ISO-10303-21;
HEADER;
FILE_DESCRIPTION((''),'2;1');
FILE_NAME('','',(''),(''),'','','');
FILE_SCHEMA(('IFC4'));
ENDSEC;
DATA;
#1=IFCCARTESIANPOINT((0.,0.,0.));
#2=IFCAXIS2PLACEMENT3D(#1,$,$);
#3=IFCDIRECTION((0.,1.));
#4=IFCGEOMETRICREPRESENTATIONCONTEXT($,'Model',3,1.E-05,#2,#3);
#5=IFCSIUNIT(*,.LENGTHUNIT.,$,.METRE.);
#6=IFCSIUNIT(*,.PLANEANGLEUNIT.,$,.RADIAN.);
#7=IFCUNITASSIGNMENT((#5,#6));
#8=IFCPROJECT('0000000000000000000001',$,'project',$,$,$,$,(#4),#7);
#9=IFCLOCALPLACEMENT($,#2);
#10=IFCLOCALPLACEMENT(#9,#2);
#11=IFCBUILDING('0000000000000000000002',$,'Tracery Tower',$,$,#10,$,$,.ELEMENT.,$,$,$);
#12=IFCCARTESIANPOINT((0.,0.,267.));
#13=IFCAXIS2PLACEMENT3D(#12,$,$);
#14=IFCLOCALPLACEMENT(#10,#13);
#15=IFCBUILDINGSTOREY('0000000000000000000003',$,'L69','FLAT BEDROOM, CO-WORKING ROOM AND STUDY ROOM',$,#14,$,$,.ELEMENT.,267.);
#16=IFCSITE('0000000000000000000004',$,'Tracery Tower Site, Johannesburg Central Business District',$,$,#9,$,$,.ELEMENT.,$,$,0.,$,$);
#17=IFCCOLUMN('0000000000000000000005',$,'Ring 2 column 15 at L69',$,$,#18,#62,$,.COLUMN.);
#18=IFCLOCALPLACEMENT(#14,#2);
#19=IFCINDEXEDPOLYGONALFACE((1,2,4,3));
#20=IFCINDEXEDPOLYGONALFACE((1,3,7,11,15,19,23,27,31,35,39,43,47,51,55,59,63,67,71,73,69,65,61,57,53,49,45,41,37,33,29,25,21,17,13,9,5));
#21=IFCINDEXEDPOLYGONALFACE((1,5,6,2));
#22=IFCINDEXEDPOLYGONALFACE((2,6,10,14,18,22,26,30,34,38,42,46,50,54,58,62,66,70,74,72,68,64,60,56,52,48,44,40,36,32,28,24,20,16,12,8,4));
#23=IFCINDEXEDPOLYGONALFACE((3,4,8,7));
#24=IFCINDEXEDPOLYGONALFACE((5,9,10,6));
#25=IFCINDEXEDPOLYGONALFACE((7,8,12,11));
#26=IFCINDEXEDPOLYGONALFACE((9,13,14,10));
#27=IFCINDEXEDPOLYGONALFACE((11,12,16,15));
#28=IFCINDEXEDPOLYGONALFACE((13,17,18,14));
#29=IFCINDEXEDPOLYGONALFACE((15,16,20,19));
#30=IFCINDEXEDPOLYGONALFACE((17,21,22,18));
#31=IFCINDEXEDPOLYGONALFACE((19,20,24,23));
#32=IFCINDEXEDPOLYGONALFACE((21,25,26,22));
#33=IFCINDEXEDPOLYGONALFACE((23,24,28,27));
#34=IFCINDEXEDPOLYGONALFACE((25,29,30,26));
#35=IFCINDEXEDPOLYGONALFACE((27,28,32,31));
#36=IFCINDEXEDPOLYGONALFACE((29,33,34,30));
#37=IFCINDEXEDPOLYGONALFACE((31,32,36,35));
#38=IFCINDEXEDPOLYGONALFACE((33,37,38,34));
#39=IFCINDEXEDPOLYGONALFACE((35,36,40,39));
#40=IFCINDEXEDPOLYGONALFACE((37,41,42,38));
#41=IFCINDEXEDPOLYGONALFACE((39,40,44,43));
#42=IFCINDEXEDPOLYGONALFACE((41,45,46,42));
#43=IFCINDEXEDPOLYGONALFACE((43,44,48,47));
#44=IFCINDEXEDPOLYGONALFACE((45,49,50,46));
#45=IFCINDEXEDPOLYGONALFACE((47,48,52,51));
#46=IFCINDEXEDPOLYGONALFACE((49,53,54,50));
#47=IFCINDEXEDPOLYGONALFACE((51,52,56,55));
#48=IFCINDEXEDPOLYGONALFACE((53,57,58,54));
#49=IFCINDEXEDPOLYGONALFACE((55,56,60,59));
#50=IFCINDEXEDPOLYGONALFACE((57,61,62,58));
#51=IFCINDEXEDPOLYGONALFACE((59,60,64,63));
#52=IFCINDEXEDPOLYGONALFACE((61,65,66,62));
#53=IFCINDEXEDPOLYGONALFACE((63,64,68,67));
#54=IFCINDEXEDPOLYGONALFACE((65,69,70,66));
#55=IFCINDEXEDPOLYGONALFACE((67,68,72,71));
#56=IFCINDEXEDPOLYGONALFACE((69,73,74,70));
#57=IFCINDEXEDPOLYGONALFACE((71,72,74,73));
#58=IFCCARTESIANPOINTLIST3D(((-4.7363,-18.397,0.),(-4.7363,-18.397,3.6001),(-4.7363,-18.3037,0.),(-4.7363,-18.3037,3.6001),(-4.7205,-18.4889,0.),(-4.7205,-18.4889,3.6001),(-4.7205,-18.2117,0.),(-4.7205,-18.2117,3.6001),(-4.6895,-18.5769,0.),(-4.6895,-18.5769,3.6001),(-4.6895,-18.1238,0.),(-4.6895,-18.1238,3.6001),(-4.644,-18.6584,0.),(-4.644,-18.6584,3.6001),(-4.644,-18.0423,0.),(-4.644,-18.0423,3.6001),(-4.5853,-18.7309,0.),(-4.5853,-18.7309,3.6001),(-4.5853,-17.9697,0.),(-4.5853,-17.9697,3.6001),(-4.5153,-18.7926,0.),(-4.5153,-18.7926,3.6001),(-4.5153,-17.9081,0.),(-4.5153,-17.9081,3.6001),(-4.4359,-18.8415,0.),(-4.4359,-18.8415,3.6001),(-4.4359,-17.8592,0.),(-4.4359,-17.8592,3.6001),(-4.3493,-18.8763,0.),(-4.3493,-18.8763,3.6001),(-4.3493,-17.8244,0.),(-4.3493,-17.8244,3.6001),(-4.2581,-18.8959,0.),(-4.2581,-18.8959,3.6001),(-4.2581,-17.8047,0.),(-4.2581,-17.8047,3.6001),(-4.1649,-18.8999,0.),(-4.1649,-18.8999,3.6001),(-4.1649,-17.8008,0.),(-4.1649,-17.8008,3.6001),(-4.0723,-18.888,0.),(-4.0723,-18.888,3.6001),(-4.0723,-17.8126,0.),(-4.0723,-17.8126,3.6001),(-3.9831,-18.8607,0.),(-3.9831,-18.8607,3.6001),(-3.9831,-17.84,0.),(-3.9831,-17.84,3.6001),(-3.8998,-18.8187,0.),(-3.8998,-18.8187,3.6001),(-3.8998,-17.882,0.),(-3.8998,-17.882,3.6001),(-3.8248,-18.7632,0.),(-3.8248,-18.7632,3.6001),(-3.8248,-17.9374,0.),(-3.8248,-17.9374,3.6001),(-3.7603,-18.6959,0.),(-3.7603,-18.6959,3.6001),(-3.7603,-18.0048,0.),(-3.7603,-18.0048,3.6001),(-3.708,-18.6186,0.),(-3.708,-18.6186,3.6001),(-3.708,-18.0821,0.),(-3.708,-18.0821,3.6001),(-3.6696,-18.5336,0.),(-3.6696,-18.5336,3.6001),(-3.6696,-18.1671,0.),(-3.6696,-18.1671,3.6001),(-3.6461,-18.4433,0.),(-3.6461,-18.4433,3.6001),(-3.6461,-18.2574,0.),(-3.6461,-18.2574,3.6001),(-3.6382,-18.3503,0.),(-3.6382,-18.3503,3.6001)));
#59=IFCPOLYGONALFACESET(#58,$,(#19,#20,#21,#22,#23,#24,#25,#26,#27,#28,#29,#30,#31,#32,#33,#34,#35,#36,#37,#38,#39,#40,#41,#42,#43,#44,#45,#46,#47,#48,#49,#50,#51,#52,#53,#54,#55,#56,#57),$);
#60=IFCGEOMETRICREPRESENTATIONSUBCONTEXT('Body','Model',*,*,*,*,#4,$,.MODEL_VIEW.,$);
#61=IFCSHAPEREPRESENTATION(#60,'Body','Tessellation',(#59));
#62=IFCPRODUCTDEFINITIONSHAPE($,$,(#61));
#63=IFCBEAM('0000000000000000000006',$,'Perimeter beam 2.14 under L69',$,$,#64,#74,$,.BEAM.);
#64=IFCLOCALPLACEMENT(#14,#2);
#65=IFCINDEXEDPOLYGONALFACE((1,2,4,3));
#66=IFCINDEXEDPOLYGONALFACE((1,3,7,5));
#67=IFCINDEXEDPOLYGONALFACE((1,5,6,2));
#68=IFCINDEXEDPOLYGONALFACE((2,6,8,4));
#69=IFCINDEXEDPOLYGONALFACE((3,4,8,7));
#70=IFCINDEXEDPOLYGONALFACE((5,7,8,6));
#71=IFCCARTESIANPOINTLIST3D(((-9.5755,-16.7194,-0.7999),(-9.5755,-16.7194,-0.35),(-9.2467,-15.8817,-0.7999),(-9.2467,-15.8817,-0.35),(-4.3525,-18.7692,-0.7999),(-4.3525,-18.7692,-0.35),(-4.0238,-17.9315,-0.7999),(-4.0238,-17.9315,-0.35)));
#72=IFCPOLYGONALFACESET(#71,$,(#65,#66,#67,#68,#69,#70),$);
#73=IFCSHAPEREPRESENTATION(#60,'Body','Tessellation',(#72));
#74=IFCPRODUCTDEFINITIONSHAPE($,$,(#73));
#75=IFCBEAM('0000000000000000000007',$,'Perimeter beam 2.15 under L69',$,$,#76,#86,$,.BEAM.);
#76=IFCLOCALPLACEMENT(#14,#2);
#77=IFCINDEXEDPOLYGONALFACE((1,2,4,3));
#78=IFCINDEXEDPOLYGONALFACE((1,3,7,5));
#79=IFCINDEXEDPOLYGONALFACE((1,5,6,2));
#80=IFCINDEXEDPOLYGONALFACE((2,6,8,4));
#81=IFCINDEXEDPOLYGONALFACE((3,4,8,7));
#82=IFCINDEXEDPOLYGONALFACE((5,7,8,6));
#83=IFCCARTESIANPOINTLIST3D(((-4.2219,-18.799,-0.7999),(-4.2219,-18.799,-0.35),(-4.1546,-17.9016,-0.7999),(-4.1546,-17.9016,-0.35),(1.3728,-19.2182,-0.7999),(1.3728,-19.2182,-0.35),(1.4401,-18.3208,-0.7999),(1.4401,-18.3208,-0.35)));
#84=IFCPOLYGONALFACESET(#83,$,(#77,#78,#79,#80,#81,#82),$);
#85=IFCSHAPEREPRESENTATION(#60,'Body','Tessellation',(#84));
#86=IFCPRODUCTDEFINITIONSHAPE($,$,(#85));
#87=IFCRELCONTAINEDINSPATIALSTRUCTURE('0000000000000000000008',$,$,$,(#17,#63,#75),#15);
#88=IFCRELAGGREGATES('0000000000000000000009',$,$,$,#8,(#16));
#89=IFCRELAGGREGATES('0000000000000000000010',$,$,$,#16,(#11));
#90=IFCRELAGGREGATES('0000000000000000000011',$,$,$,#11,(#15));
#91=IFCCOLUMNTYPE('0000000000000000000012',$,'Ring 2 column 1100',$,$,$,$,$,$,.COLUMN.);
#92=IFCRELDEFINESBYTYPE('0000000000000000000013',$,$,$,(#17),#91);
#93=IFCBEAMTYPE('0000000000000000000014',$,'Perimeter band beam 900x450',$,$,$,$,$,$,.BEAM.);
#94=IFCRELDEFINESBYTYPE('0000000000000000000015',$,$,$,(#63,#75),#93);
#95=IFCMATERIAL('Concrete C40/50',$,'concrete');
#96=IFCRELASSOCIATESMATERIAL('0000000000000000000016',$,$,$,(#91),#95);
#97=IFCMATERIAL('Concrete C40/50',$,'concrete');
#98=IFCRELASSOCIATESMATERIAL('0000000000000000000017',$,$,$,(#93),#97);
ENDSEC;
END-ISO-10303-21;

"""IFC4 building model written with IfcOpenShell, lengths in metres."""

from ifc_helpers import new_model, si_unit, direction, frame, origin, origin_2d, place, context, subcontext, project, spatial, rectangle, circle, extrude, material, material_profile, profile_set, type_object, element, save


model = new_model("IFC4")

# Units and contexts
model_context = context("Model", 3, precision=1e-05, world=origin(), true_north=direction((0.0, 1.0)))
body_context = subcontext(model_context, "Body", "Model", "MODEL_VIEW")
ifc_project = project(units=[si_unit("LENGTHUNIT", "METRE"), si_unit("PLANEANGLEUNIT", "RADIAN")], contexts=[model_context])

# Site, building, storey
site_placement = place(None, origin())
site = spatial("IfcSite", under=ifc_project, at=site_placement, Name="Tracery Tower Site, Johannesburg Central Business District", CompositionType="ELEMENT", RefElevation=0.0)
building_placement = place(site_placement, origin())
building = spatial("IfcBuilding", under=site, at=building_placement, Name="Tracery Tower", CompositionType="ELEMENT")
storey_placement = place(building_placement, frame((0.0, 0.0, 267.0)))
storey = spatial("IfcBuildingStorey", under=building, at=storey_placement, Name="L69", Description="FLAT BEDROOM, CO-WORKING ROOM AND STUDY ROOM", CompositionType="ELEMENT", Elevation=267.0)

# Column
ifc_material_1 = material(Name="Concrete C40/50", Category="concrete")
ifc_material_profile_1 = material_profile(ifc_material_1, circle(Radius=0.55, at=origin_2d()), Name="RC D1100")
ifc_profile_set_1 = profile_set([ifc_material_profile_1], Name="Concrete C40/50")
column_type = type_object("IfcColumnType", Name="Ring 2 column 1100", PredefinedType="COLUMN", material=ifc_profile_set_1)
column_placement = place(storey_placement, frame((-4.1882, -18.3503, 0.0), z_axis=(0.0, 0.0, 1.0), x_axis=(1.0, 0.0, 0.0)))
element("IfcColumn", 1, at=column_placement, inside=storey, type_object=column_type, Name="Ring 2 column 15 at L69", PredefinedType="COLUMN", context=body_context, shape_type="SweptSolid", body=[
    extrude(circle(Radius=0.55, at=origin_2d()), origin(), (0.0, 0.0, 1.0), 3.6001),
])

# Beams
ifc_material_2 = material(Name="Concrete C40/50", Category="concrete")
ifc_material_profile_2 = material_profile(ifc_material_2, rectangle(XDim=0.8999, YDim=0.45, at=origin_2d()), Name="RC 900x450")
ifc_profile_set_2 = profile_set([ifc_material_profile_2], Name="Concrete C40/50")
beam_type = type_object("IfcBeamType", Name="Perimeter band beam 900x450", PredefinedType="BEAM", material=ifc_profile_set_2)
beam_1_placement = place(storey_placement, frame((-9.4111, -16.3005, -0.575), z_axis=(0.930876, -0.365336, 0.0), x_axis=(0.365336, 0.930876, 0.0)))
element("IfcBeam", 2, at=beam_1_placement, inside=storey, type_object=beam_type, Name="Perimeter beam 2.14 under L69", PredefinedType="BEAM", context=body_context, shape_type="SweptSolid", body=[
    extrude(rectangle(XDim=0.8999, YDim=0.45, at=origin_2d()), origin(), (0.0, 0.0, 1.0), 5.6108),
])
beam_2_placement = place(storey_placement, frame((-4.1882, -18.3503, -0.575), z_axis=(0.997205, -0.074716, 0.0), x_axis=(0.074716, 0.997205, 0.0)))
element("IfcBeam", 3, at=beam_2_placement, inside=storey, type_object=beam_type, Name="Perimeter beam 2.15 under L69", PredefinedType="BEAM", context=body_context, shape_type="SweptSolid", body=[
    extrude(rectangle(XDim=0.8999, YDim=0.45, at=origin_2d()), origin(), (0.0, 0.0, 1.0), 5.6104),
])

save(model, "model.ifc")
